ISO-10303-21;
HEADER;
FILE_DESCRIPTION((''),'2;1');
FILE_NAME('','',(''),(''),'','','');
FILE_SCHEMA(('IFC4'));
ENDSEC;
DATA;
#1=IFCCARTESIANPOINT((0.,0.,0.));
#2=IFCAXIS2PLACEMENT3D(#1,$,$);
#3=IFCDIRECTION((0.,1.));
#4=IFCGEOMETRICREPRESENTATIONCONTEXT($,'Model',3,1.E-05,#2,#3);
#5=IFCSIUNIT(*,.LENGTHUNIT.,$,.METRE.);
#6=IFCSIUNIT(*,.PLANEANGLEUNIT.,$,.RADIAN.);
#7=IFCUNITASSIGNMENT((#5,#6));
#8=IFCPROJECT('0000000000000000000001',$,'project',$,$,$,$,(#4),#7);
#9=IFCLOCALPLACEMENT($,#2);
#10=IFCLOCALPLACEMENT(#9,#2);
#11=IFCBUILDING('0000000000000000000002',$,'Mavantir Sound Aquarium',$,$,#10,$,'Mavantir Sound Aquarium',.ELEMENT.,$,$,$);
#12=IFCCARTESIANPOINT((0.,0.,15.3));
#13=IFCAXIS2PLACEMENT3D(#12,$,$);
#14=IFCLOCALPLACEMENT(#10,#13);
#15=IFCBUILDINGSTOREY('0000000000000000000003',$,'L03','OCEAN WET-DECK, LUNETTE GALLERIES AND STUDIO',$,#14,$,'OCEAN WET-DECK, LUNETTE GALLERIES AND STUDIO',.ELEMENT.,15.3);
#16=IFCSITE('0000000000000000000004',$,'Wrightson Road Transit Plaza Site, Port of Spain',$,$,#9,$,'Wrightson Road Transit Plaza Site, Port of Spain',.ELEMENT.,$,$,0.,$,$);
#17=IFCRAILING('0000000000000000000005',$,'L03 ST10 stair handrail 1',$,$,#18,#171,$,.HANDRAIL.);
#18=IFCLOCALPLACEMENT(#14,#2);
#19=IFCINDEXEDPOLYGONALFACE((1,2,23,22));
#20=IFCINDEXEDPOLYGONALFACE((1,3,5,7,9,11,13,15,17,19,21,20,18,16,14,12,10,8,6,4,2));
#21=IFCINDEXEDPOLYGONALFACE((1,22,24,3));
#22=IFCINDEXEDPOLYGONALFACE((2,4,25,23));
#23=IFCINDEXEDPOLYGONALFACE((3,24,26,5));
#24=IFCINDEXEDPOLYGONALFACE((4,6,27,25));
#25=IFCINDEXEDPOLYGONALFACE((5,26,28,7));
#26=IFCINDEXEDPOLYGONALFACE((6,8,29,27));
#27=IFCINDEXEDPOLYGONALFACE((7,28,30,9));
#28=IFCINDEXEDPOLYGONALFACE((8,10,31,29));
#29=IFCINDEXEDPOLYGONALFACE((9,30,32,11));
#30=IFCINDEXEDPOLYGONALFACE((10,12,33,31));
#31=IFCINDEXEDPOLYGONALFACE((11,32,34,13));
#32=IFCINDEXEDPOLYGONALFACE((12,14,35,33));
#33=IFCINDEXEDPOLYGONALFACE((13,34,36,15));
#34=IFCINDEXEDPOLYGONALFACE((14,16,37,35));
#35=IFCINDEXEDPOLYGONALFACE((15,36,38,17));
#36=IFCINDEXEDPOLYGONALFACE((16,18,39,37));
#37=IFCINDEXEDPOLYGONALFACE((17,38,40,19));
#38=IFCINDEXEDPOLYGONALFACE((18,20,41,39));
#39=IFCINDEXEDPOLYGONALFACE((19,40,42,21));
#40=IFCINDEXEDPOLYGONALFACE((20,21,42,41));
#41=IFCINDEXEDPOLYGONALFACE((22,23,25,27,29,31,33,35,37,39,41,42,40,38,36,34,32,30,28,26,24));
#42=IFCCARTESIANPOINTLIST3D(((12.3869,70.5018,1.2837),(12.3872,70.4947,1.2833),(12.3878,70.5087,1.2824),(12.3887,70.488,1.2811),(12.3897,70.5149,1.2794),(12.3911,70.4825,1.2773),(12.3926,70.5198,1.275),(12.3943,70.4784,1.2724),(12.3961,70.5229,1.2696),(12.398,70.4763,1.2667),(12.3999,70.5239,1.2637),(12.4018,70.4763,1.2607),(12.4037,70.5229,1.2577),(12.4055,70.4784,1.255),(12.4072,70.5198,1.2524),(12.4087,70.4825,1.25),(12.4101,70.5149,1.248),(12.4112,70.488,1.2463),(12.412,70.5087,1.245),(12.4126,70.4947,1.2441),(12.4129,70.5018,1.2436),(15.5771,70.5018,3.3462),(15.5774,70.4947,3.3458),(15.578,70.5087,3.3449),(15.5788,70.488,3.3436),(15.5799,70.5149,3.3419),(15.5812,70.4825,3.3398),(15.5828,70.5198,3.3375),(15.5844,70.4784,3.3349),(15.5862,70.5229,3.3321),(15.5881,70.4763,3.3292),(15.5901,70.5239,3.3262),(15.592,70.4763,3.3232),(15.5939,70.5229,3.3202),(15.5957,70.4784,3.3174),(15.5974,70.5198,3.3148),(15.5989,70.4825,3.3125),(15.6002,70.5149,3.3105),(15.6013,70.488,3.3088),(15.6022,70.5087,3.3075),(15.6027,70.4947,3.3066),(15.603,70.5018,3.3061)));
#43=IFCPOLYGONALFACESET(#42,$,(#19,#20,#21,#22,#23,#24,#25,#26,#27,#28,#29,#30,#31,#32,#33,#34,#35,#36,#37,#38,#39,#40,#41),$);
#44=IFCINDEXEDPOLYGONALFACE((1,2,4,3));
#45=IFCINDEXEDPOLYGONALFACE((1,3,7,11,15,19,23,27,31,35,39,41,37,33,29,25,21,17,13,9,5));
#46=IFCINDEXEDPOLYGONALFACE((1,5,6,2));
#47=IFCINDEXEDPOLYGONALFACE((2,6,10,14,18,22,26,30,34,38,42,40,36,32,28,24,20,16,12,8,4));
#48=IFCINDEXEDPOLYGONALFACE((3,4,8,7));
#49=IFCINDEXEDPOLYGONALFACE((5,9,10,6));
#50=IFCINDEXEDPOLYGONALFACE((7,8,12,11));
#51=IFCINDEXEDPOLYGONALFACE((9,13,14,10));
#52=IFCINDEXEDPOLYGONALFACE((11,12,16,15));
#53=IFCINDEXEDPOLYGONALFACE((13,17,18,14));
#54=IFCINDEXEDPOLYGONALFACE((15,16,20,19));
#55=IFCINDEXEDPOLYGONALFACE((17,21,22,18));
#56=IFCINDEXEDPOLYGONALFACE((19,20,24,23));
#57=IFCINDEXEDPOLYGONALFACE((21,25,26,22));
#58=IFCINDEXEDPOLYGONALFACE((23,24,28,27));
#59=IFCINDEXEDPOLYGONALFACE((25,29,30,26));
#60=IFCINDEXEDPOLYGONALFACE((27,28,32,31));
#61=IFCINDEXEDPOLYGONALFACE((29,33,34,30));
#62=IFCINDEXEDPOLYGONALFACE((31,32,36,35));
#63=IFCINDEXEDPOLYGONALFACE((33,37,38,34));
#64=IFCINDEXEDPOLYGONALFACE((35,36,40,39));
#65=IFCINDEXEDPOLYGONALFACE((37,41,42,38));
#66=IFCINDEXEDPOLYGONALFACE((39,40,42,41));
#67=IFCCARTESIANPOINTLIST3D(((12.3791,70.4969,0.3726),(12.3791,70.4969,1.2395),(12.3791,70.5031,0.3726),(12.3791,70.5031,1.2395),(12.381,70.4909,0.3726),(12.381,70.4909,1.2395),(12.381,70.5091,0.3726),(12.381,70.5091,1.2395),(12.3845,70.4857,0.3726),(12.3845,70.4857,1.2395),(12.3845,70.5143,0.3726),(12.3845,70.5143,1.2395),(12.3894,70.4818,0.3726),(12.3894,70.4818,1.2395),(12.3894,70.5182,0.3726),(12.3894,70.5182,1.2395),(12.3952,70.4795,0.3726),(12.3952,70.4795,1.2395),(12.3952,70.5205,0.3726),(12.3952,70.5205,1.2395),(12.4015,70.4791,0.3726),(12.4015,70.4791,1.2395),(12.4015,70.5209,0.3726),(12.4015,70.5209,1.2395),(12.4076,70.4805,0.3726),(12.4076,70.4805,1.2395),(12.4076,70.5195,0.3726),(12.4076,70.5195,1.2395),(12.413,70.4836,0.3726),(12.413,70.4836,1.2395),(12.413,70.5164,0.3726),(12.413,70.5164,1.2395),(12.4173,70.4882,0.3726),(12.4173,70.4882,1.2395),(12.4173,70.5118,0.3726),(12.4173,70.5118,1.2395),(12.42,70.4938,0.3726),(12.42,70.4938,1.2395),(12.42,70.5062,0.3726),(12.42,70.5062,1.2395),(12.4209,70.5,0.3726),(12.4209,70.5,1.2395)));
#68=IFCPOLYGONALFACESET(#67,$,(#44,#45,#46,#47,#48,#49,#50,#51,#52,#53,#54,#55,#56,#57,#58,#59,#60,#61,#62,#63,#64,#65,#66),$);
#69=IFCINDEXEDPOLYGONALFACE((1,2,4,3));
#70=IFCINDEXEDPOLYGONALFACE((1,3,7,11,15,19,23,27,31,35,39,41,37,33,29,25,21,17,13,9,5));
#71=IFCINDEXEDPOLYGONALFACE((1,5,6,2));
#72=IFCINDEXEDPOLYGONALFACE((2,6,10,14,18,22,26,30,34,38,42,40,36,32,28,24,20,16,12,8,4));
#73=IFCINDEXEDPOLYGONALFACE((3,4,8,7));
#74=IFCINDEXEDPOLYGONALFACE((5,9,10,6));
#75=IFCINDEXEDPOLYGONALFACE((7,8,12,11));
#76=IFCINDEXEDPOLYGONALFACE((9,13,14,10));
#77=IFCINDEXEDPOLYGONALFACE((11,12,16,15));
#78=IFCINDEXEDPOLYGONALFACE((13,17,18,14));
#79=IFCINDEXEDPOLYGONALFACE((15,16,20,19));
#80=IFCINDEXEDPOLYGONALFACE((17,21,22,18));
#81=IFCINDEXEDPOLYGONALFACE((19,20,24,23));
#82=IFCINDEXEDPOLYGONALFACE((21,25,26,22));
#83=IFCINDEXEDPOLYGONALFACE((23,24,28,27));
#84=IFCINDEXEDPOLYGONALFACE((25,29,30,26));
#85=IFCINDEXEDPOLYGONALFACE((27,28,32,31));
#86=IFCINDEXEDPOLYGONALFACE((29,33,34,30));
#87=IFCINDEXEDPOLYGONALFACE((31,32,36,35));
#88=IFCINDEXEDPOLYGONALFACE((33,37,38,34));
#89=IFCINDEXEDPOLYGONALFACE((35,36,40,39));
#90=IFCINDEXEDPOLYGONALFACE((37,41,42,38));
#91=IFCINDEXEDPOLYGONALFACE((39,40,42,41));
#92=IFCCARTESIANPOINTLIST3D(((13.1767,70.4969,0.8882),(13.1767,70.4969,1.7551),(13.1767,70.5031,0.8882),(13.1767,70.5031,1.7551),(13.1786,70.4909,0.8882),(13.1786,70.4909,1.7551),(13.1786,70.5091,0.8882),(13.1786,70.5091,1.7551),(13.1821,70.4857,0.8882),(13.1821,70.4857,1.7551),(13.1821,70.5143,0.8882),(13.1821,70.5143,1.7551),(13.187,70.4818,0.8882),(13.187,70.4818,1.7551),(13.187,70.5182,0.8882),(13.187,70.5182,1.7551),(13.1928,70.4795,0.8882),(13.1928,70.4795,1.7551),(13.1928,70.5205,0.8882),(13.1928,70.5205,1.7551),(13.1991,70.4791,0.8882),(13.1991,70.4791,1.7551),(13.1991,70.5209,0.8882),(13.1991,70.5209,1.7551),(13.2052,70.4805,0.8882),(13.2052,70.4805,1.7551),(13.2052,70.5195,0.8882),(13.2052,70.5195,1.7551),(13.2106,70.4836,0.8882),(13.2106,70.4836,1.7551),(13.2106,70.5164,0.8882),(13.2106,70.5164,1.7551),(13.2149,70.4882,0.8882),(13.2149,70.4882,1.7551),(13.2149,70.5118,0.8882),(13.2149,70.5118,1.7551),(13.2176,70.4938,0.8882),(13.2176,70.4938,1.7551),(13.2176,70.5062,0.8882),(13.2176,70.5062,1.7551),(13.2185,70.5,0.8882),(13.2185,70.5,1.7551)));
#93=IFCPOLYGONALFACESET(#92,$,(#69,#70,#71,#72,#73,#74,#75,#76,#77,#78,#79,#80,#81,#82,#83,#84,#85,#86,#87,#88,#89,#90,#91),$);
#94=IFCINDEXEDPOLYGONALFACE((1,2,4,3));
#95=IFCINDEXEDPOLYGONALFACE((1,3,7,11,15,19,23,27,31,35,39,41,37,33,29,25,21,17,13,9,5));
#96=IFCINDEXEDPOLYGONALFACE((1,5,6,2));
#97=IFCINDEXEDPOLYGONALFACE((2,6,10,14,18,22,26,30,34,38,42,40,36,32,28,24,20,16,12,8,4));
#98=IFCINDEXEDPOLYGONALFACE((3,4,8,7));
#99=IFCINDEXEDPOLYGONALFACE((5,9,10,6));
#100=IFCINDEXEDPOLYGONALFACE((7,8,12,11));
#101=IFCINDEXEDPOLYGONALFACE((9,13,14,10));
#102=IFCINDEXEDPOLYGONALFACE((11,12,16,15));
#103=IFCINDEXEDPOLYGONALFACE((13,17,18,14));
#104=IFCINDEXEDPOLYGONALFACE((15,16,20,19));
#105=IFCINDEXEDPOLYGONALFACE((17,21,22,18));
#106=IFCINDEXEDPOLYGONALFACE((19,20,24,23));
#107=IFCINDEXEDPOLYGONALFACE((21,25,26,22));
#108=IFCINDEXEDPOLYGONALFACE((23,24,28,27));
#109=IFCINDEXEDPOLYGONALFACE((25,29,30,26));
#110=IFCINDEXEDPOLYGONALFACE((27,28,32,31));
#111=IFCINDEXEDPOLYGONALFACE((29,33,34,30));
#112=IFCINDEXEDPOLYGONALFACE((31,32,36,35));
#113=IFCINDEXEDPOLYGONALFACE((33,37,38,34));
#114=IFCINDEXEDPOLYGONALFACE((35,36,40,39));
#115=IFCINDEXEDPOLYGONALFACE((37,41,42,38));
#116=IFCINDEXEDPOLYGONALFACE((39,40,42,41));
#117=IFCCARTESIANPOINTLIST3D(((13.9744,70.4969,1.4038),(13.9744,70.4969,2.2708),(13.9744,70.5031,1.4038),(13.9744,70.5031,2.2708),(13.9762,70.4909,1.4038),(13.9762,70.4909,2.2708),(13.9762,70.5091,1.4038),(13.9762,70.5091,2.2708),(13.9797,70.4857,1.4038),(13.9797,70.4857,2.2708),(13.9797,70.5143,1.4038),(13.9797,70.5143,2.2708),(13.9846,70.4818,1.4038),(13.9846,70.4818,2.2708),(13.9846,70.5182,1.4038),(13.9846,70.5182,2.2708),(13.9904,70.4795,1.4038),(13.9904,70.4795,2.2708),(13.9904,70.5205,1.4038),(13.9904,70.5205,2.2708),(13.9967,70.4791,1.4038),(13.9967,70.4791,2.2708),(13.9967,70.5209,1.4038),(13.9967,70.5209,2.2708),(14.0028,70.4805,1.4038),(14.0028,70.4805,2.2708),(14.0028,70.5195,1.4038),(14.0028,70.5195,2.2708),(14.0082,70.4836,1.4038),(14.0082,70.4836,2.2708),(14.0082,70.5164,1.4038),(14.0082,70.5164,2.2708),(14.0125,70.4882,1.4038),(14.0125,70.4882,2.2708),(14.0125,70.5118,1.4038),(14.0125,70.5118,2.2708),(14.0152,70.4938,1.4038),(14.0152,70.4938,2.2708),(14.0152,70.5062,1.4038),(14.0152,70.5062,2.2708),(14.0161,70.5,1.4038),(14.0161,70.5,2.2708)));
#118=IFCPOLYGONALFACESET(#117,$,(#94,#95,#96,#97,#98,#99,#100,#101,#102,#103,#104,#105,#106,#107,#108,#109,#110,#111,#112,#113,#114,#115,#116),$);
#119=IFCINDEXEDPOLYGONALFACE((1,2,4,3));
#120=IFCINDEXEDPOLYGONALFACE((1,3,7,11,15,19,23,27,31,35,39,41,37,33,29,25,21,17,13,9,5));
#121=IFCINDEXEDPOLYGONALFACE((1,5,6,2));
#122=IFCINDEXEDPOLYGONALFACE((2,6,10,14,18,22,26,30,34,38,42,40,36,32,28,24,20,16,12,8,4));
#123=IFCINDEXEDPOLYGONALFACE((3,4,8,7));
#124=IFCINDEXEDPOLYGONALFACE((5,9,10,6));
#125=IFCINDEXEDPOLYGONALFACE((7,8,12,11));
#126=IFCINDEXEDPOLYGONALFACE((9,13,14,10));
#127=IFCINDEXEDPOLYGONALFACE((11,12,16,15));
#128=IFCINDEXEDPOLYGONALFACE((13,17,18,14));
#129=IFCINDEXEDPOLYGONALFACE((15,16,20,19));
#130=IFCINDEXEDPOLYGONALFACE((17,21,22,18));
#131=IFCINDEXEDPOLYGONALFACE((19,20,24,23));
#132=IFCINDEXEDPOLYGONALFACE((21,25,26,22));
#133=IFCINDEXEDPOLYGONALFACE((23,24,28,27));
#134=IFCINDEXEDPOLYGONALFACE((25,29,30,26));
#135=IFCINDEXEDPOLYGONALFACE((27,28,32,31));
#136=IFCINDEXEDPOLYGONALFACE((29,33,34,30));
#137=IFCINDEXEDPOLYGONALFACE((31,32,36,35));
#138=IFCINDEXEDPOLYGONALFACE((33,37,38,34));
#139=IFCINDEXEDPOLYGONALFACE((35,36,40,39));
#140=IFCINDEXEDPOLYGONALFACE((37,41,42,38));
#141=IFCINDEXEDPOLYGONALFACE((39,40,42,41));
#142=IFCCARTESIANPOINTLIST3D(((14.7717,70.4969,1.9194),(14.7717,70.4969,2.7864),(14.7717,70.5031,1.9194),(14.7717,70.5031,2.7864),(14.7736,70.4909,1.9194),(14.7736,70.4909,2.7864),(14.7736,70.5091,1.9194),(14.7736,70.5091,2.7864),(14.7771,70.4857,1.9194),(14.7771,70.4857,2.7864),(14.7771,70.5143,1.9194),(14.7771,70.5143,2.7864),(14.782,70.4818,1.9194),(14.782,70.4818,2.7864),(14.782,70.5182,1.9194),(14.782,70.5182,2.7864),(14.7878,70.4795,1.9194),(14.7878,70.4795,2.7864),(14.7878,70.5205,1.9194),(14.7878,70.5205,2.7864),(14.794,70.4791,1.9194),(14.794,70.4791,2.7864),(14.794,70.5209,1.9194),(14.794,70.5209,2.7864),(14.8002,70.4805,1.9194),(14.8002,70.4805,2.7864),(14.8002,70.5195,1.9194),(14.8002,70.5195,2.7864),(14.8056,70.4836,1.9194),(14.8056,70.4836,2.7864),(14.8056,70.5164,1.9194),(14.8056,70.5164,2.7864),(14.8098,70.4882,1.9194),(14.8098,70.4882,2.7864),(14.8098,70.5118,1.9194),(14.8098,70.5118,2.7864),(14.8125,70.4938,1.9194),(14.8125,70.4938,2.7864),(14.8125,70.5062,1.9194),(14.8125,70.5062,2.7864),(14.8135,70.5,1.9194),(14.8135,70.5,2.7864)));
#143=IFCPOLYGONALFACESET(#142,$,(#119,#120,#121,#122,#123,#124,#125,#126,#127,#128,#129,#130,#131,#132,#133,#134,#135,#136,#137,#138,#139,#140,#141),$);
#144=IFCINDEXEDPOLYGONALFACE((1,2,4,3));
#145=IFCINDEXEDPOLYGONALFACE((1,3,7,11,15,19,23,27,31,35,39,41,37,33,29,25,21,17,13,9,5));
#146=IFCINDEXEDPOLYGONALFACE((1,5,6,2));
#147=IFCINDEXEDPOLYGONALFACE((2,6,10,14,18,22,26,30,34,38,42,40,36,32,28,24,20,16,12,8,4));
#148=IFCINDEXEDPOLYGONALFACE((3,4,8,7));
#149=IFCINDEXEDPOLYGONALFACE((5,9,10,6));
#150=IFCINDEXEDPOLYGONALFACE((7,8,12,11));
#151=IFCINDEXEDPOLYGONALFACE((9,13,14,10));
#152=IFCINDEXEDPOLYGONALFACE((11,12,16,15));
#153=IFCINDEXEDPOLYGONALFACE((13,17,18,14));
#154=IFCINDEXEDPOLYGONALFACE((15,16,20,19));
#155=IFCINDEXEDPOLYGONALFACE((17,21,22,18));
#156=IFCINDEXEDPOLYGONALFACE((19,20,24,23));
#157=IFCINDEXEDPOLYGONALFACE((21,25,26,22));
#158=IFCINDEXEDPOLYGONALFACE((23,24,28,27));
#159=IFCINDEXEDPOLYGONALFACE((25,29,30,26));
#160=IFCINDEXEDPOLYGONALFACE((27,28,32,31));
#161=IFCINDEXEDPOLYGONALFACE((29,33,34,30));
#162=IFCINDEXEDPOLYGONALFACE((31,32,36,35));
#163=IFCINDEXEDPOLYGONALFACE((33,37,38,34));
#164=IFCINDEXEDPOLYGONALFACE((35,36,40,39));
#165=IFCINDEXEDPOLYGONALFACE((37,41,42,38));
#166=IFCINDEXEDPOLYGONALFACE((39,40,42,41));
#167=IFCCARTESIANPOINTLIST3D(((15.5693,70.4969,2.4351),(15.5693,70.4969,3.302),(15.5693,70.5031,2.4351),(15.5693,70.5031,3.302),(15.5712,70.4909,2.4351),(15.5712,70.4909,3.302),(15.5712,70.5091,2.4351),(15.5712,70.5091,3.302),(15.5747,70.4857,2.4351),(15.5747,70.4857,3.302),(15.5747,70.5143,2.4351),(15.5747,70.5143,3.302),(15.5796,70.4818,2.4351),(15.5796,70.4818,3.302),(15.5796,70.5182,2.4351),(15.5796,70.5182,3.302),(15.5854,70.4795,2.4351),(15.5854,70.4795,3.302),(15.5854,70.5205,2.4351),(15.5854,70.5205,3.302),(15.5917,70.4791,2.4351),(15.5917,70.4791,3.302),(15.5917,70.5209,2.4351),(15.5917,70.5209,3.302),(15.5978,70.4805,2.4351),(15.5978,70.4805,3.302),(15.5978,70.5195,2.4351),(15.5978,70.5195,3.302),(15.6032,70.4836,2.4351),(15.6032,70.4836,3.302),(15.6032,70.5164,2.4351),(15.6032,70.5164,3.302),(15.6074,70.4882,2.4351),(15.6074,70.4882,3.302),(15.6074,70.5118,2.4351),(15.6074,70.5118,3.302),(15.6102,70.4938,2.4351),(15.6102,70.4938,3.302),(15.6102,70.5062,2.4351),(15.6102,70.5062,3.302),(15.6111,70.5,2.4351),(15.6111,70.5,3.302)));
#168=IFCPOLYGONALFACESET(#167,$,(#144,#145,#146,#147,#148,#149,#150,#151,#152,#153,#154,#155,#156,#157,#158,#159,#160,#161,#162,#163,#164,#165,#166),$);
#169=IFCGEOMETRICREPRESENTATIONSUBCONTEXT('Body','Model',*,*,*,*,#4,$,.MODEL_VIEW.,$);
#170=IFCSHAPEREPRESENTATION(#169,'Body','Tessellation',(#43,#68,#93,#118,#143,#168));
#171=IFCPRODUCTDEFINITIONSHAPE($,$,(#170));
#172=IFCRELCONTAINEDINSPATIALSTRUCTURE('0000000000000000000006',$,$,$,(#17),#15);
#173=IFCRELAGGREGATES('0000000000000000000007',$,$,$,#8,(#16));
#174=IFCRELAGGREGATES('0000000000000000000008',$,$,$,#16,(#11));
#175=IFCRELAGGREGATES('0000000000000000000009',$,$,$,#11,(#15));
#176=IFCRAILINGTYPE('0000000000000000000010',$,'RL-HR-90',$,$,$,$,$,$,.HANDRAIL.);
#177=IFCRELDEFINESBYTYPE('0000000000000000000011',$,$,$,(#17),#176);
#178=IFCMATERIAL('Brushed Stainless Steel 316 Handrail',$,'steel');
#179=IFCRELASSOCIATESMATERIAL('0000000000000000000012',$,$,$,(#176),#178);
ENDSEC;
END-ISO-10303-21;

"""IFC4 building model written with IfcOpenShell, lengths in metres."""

from ifc_helpers import new_model, si_unit, direction, frame, origin, origin_2d, place, context, subcontext, project, spatial, circle, extrude, material, type_object, element, save


model = new_model("IFC4")

# Units and contexts
model_context = context("Model", 3, precision=1e-05, world=origin(), true_north=direction((0.0, 1.0)))
body_context = subcontext(model_context, "Body", "Model", "MODEL_VIEW")
ifc_project = project(units=[si_unit("LENGTHUNIT", "METRE"), si_unit("PLANEANGLEUNIT", "RADIAN")], contexts=[model_context])

# Site, building, storey
site_placement = place(None, origin())
site = spatial("IfcSite", under=ifc_project, at=site_placement, Name="Wrightson Road Transit Plaza Site, Port of Spain", LongName="Wrightson Road Transit Plaza Site, Port of Spain", CompositionType="ELEMENT", RefElevation=0.0)
building_placement = place(site_placement, origin())
building = spatial("IfcBuilding", under=site, at=building_placement, Name="Mavantir Sound Aquarium", LongName="Mavantir Sound Aquarium", CompositionType="ELEMENT")
storey_placement = place(building_placement, frame((0.0, 0.0, 15.3)))
storey = spatial("IfcBuildingStorey", under=building, at=storey_placement, Name="L03", Description="OCEAN WET-DECK, LUNETTE GALLERIES AND STUDIO", LongName="OCEAN WET-DECK, LUNETTE GALLERIES AND STUDIO", CompositionType="ELEMENT", Elevation=15.3)

# Railing
ifc_material_1 = material(Name="Brushed Stainless Steel 316 Handrail", Category="steel")
railing_type_1 = type_object("IfcRailingType", Name="RL-HR-90", PredefinedType="HANDRAIL", material=ifc_material_1)
railing_1_placement = place(storey_placement, frame((12.3999, 70.5, 0.3726)))
element("IfcRailing", 1, at=railing_1_placement, inside=storey, type_object=railing_type_1, Name="L03 ST10 stair handrail 1", PredefinedType="HANDRAIL", context=body_context, shape_type="SweptSolid", body=[
    extrude(circle(Radius=0.0239, at=origin_2d()), frame((0.0, 0.0, 0.8911), z_axis=(0.839779, 0.0, 0.542929), x_axis=(0.0, 1.0, 0.0)), (0.0, 0.0, 1.0), 3.7988),
    extrude(circle(Radius=0.021, at=origin_2d()), origin(), (0.0, 0.0, 1.0), 0.8669),
    extrude(circle(Radius=0.021, at=origin_2d()), frame((0.7976, 0.0, 0.5156)), (0.0, 0.0, 1.0), 0.8669),
    extrude(circle(Radius=0.021, at=origin_2d()), frame((1.5952, 0.0, 1.0312)), (0.0, 0.0, 1.0), 0.8669),
    extrude(circle(Radius=0.021, at=origin_2d()), frame((2.3926, 0.0, 1.5469)), (0.0, 0.0, 1.0), 0.8669),
    extrude(circle(Radius=0.021, at=origin_2d()), frame((3.1902, 0.0, 2.0625)), (0.0, 0.0, 1.0), 0.8669),
])

save(model, "model.ifc")
